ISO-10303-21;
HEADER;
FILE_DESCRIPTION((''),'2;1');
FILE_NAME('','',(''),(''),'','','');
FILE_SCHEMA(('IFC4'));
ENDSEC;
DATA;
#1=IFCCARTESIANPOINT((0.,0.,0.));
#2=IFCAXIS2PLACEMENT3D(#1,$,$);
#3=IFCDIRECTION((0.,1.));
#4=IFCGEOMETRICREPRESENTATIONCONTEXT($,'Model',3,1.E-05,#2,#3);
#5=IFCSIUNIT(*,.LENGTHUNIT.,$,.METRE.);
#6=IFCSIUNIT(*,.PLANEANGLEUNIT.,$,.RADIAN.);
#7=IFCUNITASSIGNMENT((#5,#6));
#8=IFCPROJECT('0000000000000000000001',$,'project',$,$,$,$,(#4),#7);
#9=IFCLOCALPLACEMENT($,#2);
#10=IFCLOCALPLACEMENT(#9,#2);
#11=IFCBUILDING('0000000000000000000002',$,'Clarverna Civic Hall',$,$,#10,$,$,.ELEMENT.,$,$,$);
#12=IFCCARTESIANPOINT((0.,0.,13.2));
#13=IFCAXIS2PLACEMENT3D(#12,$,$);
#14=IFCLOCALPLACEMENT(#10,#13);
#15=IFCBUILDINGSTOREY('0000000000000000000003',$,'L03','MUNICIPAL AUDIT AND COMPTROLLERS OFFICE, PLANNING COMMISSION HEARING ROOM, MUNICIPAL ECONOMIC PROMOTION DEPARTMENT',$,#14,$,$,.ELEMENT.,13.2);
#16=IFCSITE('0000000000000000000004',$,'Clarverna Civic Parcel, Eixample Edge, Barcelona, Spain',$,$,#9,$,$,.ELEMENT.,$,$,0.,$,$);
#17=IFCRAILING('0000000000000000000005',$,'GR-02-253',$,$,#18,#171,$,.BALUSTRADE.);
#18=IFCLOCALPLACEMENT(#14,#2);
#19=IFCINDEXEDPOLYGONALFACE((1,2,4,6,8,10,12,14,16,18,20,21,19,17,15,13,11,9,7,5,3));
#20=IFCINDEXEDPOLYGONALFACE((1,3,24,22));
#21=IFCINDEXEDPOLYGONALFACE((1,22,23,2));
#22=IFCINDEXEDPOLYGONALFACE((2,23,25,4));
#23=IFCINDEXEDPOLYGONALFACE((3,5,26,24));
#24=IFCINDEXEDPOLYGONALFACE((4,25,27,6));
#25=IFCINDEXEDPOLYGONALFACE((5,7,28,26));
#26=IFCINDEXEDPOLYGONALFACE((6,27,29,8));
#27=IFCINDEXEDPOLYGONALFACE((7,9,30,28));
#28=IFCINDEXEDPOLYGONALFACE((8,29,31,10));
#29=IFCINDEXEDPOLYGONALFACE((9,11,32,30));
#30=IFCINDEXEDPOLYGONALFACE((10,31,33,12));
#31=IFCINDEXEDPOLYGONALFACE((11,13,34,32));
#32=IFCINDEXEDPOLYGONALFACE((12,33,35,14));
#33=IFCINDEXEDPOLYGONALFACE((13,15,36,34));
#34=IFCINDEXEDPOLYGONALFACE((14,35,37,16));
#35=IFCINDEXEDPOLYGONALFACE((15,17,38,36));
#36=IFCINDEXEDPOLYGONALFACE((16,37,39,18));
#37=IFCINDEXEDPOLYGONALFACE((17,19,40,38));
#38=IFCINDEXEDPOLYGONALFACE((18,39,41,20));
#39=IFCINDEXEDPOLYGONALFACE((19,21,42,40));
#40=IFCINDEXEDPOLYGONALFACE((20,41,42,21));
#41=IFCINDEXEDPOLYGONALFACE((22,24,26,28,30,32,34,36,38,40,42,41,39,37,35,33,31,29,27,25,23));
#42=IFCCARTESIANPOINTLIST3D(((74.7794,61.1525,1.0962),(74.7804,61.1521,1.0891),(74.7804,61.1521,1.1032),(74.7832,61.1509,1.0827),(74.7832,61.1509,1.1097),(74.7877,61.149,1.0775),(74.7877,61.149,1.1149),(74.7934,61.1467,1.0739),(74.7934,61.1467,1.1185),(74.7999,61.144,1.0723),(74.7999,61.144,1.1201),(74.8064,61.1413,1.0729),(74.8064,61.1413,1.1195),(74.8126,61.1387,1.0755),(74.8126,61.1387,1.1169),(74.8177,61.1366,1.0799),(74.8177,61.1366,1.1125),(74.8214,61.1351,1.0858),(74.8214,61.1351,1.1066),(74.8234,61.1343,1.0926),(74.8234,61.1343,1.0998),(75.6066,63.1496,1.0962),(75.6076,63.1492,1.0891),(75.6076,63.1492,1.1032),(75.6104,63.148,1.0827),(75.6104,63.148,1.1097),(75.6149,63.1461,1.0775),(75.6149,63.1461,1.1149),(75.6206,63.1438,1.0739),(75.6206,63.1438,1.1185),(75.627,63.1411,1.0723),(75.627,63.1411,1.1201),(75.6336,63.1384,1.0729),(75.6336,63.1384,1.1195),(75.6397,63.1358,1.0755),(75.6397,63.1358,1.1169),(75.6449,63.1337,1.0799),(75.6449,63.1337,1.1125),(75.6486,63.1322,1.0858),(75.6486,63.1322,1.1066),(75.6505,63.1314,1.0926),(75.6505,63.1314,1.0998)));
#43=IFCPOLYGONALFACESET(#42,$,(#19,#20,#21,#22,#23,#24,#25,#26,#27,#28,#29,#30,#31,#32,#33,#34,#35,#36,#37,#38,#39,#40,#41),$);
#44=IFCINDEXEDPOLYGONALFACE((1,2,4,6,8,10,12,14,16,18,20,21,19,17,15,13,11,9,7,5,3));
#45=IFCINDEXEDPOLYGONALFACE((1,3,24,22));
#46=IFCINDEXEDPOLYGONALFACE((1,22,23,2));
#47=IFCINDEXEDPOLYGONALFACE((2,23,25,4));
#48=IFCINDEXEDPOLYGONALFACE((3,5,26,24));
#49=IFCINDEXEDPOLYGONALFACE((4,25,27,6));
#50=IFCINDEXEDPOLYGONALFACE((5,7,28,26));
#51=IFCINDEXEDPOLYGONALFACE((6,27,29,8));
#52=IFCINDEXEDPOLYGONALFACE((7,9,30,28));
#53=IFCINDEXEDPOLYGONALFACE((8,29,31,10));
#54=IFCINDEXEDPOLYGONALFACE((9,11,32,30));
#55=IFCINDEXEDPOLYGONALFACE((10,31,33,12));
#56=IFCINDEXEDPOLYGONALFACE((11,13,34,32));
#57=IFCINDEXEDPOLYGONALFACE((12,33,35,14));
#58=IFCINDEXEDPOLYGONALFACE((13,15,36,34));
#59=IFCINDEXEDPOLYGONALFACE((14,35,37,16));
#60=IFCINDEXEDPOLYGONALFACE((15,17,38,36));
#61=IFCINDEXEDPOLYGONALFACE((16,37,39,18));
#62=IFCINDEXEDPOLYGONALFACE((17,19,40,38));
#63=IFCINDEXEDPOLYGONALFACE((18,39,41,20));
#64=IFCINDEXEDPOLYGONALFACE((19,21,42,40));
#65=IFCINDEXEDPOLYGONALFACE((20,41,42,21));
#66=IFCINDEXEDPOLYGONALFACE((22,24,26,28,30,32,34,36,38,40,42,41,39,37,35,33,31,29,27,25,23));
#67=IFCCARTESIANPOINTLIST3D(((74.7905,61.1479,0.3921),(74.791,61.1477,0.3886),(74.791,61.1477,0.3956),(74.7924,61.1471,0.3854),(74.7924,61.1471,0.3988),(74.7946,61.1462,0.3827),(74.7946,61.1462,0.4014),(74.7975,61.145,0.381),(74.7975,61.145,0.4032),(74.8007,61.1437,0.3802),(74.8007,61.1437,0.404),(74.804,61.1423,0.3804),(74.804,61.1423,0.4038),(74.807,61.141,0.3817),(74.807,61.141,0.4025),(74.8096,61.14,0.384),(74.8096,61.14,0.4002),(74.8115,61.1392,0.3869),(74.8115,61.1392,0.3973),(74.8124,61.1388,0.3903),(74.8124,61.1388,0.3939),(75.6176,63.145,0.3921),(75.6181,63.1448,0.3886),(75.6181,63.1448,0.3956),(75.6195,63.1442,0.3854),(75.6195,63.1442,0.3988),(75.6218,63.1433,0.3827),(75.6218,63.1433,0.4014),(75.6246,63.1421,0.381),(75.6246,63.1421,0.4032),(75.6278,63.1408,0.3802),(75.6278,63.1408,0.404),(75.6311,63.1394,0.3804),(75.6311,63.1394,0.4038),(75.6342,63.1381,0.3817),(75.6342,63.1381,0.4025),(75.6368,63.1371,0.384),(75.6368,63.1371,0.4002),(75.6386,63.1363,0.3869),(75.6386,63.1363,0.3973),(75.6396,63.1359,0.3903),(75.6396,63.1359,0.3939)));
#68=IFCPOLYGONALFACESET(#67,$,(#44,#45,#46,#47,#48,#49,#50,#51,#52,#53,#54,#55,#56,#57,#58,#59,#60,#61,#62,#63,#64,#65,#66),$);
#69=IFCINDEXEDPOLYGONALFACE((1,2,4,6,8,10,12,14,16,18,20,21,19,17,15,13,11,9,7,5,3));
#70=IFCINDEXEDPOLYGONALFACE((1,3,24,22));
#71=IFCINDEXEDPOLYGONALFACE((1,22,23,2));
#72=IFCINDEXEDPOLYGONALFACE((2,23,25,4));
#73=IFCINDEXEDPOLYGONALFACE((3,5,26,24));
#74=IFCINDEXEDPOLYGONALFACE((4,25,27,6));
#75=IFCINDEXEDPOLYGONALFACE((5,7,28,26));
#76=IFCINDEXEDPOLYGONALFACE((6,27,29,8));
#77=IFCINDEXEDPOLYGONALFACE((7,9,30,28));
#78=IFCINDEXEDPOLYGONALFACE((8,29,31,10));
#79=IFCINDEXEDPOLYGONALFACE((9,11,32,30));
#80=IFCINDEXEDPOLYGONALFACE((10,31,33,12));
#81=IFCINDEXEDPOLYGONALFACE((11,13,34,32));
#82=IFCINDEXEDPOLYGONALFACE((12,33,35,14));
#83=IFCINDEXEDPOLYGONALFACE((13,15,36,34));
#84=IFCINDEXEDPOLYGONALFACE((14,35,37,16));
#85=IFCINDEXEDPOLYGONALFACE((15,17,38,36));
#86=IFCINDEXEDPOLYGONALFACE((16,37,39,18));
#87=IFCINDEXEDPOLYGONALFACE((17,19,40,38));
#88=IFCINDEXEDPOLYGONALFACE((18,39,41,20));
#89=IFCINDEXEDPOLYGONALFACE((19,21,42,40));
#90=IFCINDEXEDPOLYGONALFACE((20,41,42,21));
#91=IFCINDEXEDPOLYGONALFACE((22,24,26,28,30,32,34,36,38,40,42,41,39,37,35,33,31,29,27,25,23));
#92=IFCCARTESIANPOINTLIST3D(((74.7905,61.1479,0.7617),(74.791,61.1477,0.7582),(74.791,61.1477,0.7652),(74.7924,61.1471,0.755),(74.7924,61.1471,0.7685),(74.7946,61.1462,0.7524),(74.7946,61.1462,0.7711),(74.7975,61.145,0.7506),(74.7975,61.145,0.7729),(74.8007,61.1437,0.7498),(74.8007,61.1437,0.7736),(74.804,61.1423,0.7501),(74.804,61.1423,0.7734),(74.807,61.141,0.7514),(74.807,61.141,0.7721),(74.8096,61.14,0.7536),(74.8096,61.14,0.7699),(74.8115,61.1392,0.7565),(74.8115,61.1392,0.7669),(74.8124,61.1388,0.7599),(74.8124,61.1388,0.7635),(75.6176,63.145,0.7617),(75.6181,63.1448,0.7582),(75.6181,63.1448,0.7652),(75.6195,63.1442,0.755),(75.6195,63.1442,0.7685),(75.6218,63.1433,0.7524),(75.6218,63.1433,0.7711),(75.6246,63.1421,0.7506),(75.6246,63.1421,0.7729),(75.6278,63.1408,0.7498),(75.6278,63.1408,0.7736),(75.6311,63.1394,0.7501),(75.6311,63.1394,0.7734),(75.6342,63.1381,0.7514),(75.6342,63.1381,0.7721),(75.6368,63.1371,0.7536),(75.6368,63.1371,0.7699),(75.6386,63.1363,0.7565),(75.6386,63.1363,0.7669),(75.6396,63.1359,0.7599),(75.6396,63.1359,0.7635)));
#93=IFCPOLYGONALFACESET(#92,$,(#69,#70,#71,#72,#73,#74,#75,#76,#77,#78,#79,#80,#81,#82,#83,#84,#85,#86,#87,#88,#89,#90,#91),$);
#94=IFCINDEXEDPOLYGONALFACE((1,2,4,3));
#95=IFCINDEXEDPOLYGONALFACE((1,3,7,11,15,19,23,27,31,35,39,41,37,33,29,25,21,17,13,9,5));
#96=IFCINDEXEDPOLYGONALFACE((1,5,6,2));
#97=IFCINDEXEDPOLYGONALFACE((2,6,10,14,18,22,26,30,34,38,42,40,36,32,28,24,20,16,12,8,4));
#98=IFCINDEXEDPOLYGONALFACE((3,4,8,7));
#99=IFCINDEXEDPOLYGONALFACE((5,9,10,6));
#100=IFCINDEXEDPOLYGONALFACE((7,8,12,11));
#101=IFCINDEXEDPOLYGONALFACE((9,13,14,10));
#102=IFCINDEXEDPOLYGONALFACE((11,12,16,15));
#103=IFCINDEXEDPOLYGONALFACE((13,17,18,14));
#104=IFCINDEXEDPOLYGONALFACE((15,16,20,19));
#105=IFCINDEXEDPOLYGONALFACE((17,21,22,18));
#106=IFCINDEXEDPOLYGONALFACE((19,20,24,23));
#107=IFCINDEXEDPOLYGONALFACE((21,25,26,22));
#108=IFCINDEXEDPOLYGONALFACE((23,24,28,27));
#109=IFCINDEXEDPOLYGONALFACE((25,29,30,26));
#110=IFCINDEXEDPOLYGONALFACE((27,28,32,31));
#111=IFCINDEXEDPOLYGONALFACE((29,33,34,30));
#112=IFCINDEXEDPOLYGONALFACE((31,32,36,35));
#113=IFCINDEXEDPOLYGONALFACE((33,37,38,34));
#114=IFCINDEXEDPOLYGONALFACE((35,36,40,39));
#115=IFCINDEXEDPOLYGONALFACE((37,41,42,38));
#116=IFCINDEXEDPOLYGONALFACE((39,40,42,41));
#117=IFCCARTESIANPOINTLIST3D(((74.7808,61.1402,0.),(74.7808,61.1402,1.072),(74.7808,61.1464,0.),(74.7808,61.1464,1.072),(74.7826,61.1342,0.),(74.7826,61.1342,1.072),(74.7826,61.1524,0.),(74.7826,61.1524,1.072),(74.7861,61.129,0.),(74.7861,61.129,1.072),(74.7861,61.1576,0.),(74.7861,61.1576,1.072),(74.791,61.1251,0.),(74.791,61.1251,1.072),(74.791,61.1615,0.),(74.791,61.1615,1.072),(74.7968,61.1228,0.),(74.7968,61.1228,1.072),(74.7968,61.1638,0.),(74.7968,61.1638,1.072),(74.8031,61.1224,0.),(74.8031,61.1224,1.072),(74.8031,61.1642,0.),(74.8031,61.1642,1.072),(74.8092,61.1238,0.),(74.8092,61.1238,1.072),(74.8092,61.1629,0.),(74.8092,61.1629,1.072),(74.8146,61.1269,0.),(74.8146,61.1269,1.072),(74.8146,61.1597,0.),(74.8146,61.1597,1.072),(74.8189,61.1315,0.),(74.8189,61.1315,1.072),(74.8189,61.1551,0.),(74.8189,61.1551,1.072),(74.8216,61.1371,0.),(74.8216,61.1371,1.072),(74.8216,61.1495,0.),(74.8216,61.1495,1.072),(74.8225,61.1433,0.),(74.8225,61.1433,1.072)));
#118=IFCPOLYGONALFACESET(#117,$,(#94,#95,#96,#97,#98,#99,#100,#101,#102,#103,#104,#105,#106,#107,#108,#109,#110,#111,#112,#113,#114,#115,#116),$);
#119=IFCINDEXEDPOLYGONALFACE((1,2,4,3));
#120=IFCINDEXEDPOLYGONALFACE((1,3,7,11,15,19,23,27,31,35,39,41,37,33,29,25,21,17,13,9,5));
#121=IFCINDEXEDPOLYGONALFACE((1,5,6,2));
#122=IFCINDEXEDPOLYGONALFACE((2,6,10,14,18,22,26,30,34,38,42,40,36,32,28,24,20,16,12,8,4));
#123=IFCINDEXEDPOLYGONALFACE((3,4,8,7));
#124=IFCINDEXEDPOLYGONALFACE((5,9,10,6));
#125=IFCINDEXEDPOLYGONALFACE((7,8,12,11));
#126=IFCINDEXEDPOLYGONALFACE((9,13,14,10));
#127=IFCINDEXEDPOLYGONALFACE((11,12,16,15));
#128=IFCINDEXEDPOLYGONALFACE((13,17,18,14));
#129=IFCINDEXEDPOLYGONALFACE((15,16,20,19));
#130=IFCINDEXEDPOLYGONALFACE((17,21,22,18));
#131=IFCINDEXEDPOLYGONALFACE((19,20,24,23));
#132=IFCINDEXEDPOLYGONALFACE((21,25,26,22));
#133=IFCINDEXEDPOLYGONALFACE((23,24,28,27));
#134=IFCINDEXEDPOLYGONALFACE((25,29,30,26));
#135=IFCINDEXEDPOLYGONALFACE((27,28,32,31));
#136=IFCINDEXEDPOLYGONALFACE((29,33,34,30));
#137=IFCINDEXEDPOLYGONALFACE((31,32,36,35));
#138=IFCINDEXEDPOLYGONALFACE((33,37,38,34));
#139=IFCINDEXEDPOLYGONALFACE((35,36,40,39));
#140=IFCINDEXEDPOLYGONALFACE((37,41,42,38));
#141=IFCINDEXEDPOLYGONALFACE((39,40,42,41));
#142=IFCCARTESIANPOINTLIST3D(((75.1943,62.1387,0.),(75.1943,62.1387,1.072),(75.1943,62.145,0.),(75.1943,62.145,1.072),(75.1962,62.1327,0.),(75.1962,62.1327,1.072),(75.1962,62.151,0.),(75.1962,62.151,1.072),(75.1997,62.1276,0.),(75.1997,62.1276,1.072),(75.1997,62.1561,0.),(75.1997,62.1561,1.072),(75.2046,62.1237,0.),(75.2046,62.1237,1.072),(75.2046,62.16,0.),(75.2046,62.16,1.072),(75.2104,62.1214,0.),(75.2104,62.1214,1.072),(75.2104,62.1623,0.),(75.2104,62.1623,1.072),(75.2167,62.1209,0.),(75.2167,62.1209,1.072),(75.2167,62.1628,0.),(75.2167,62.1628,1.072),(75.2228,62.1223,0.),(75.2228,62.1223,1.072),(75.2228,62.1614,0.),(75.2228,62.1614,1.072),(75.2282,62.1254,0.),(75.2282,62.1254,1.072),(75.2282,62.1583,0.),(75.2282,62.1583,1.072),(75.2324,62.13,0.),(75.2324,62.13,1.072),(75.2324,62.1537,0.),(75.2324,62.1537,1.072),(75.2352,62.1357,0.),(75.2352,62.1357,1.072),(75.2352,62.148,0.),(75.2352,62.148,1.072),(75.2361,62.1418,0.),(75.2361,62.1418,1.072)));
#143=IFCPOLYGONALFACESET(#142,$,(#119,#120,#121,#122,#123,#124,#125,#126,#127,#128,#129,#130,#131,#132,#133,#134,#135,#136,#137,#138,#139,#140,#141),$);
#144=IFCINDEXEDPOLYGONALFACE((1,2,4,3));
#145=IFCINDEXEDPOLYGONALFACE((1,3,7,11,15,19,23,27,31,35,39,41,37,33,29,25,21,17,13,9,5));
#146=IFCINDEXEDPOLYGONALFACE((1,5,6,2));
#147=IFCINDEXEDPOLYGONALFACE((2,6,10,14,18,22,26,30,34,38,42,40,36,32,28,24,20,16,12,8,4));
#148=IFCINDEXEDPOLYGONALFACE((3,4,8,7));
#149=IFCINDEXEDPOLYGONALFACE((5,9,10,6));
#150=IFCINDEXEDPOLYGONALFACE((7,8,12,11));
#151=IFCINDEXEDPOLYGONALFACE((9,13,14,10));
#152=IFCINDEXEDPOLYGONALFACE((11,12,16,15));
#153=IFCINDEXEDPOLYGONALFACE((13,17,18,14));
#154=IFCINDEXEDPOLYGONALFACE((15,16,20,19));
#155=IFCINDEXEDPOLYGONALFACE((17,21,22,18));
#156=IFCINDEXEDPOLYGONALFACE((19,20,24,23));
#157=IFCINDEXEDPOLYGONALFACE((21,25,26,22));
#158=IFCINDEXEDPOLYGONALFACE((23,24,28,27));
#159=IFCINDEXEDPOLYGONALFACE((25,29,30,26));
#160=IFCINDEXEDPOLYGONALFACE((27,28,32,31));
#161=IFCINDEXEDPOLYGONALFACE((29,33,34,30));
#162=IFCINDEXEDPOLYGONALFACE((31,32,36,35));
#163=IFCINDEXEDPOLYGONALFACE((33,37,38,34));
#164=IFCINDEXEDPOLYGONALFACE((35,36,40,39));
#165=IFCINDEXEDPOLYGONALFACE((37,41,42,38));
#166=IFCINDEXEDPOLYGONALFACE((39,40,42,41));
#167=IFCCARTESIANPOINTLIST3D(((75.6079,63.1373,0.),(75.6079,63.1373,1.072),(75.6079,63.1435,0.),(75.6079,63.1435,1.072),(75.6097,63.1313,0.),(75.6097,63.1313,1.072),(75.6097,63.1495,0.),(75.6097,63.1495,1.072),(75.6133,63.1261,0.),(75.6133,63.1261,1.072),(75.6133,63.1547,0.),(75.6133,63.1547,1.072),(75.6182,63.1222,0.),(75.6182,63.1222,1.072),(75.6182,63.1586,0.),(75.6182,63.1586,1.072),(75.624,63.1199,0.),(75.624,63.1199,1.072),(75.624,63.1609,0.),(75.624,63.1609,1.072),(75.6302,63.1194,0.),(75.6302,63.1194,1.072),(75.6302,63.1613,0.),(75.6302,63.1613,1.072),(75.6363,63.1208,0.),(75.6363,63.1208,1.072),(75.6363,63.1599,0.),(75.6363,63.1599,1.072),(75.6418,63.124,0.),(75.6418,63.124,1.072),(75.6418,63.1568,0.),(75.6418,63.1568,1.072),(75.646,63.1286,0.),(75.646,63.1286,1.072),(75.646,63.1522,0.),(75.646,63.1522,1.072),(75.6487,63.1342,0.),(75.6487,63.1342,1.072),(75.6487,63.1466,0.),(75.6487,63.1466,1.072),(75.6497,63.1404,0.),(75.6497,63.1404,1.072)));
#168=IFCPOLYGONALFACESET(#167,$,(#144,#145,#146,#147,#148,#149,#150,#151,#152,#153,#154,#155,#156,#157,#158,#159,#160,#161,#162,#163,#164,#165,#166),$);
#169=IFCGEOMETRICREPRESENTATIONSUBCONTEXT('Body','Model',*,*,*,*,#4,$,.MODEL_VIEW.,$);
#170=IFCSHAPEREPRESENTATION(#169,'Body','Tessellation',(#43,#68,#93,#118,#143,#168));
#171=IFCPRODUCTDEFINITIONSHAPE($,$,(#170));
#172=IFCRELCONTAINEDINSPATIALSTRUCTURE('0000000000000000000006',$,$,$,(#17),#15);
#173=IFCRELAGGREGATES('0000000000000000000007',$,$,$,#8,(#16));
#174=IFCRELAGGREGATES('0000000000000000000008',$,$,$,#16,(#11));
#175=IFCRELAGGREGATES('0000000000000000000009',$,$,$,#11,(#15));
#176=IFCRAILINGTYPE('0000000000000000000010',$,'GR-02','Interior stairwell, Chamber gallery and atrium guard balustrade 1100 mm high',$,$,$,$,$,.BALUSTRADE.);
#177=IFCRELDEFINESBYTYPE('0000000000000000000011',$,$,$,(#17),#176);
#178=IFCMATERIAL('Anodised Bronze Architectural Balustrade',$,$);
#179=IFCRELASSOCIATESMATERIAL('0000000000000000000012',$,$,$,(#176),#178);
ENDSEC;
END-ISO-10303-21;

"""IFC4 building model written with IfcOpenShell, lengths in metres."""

from ifc_helpers import new_model, si_unit, direction, frame, origin, origin_2d, place, context, subcontext, project, spatial, circle, extrude, material, type_object, element, save


model = new_model("IFC4")

# Units and contexts
model_context = context("Model", 3, precision=1e-05, world=origin(), true_north=direction((0.0, 1.0)))
body_context = subcontext(model_context, "Body", "Model", "MODEL_VIEW")
ifc_project = project(units=[si_unit("LENGTHUNIT", "METRE"), si_unit("PLANEANGLEUNIT", "RADIAN")], contexts=[model_context])

# Site, building, storey
site_placement = place(None, origin())
site = spatial("IfcSite", under=ifc_project, at=site_placement, Name="Clarverna Civic Parcel, Eixample Edge, Barcelona, Spain", CompositionType="ELEMENT", RefElevation=0.0)
building_placement = place(site_placement, origin())
building = spatial("IfcBuilding", under=site, at=building_placement, Name="Clarverna Civic Hall", CompositionType="ELEMENT")
storey_placement = place(building_placement, frame((0.0, 0.0, 13.2)))
storey = spatial("IfcBuildingStorey", under=building, at=storey_placement, Name="L03", Description="MUNICIPAL AUDIT AND COMPTROLLERS OFFICE, PLANNING COMMISSION HEARING ROOM, MUNICIPAL ECONOMIC PROMOTION DEPARTMENT", CompositionType="ELEMENT", Elevation=13.2)

# Railing
ifc_material_1 = material(Name="Anodised Bronze Architectural Balustrade")
railing_type_1 = type_object("IfcRailingType", Name="GR-02", Description="Interior stairwell, Chamber gallery and atrium guard balustrade 1100 mm high", PredefinedType="BALUSTRADE", material=ifc_material_1)
railing_1_placement = place(storey_placement, frame((74.8015, 61.1433, 0.0)))
element("IfcRailing", 1, at=railing_1_placement, inside=storey, type_object=railing_type_1, Name="GR-02-253", PredefinedType="BALUSTRADE", context=body_context, shape_type="SweptSolid", body=[
    extrude(circle(Radius=0.0239, at=origin_2d()), frame((0.0, 0.0, 1.0962), z_axis=(0.382658, 0.92389, 0.0), x_axis=(-0.92389, 0.382658, 0.0)), (0.0, 0.0, 1.0), 2.1616),
    extrude(circle(Radius=0.012, at=origin_2d()), frame((0.0, 0.0, 0.3921), z_axis=(0.382658, 0.92389, 0.0), x_axis=(-0.92389, 0.382658, 0.0)), (0.0, 0.0, 1.0), 2.1616),
    extrude(circle(Radius=0.012, at=origin_2d()), frame((0.0, 0.0, 0.7617), z_axis=(0.382658, 0.92389, 0.0), x_axis=(-0.92389, 0.382658, 0.0)), (0.0, 0.0, 1.0), 2.1616),
    extrude(circle(Radius=0.021, at=origin_2d()), origin(), (0.0, 0.0, 1.0), 1.072),
    extrude(circle(Radius=0.021, at=origin_2d()), frame((0.4136, 0.9985, 0.0)), (0.0, 0.0, 1.0), 1.072),
    extrude(circle(Radius=0.021, at=origin_2d()), frame((0.8271, 1.9971, 0.0)), (0.0, 0.0, 1.0), 1.072),
])

save(model, "model.ifc")
